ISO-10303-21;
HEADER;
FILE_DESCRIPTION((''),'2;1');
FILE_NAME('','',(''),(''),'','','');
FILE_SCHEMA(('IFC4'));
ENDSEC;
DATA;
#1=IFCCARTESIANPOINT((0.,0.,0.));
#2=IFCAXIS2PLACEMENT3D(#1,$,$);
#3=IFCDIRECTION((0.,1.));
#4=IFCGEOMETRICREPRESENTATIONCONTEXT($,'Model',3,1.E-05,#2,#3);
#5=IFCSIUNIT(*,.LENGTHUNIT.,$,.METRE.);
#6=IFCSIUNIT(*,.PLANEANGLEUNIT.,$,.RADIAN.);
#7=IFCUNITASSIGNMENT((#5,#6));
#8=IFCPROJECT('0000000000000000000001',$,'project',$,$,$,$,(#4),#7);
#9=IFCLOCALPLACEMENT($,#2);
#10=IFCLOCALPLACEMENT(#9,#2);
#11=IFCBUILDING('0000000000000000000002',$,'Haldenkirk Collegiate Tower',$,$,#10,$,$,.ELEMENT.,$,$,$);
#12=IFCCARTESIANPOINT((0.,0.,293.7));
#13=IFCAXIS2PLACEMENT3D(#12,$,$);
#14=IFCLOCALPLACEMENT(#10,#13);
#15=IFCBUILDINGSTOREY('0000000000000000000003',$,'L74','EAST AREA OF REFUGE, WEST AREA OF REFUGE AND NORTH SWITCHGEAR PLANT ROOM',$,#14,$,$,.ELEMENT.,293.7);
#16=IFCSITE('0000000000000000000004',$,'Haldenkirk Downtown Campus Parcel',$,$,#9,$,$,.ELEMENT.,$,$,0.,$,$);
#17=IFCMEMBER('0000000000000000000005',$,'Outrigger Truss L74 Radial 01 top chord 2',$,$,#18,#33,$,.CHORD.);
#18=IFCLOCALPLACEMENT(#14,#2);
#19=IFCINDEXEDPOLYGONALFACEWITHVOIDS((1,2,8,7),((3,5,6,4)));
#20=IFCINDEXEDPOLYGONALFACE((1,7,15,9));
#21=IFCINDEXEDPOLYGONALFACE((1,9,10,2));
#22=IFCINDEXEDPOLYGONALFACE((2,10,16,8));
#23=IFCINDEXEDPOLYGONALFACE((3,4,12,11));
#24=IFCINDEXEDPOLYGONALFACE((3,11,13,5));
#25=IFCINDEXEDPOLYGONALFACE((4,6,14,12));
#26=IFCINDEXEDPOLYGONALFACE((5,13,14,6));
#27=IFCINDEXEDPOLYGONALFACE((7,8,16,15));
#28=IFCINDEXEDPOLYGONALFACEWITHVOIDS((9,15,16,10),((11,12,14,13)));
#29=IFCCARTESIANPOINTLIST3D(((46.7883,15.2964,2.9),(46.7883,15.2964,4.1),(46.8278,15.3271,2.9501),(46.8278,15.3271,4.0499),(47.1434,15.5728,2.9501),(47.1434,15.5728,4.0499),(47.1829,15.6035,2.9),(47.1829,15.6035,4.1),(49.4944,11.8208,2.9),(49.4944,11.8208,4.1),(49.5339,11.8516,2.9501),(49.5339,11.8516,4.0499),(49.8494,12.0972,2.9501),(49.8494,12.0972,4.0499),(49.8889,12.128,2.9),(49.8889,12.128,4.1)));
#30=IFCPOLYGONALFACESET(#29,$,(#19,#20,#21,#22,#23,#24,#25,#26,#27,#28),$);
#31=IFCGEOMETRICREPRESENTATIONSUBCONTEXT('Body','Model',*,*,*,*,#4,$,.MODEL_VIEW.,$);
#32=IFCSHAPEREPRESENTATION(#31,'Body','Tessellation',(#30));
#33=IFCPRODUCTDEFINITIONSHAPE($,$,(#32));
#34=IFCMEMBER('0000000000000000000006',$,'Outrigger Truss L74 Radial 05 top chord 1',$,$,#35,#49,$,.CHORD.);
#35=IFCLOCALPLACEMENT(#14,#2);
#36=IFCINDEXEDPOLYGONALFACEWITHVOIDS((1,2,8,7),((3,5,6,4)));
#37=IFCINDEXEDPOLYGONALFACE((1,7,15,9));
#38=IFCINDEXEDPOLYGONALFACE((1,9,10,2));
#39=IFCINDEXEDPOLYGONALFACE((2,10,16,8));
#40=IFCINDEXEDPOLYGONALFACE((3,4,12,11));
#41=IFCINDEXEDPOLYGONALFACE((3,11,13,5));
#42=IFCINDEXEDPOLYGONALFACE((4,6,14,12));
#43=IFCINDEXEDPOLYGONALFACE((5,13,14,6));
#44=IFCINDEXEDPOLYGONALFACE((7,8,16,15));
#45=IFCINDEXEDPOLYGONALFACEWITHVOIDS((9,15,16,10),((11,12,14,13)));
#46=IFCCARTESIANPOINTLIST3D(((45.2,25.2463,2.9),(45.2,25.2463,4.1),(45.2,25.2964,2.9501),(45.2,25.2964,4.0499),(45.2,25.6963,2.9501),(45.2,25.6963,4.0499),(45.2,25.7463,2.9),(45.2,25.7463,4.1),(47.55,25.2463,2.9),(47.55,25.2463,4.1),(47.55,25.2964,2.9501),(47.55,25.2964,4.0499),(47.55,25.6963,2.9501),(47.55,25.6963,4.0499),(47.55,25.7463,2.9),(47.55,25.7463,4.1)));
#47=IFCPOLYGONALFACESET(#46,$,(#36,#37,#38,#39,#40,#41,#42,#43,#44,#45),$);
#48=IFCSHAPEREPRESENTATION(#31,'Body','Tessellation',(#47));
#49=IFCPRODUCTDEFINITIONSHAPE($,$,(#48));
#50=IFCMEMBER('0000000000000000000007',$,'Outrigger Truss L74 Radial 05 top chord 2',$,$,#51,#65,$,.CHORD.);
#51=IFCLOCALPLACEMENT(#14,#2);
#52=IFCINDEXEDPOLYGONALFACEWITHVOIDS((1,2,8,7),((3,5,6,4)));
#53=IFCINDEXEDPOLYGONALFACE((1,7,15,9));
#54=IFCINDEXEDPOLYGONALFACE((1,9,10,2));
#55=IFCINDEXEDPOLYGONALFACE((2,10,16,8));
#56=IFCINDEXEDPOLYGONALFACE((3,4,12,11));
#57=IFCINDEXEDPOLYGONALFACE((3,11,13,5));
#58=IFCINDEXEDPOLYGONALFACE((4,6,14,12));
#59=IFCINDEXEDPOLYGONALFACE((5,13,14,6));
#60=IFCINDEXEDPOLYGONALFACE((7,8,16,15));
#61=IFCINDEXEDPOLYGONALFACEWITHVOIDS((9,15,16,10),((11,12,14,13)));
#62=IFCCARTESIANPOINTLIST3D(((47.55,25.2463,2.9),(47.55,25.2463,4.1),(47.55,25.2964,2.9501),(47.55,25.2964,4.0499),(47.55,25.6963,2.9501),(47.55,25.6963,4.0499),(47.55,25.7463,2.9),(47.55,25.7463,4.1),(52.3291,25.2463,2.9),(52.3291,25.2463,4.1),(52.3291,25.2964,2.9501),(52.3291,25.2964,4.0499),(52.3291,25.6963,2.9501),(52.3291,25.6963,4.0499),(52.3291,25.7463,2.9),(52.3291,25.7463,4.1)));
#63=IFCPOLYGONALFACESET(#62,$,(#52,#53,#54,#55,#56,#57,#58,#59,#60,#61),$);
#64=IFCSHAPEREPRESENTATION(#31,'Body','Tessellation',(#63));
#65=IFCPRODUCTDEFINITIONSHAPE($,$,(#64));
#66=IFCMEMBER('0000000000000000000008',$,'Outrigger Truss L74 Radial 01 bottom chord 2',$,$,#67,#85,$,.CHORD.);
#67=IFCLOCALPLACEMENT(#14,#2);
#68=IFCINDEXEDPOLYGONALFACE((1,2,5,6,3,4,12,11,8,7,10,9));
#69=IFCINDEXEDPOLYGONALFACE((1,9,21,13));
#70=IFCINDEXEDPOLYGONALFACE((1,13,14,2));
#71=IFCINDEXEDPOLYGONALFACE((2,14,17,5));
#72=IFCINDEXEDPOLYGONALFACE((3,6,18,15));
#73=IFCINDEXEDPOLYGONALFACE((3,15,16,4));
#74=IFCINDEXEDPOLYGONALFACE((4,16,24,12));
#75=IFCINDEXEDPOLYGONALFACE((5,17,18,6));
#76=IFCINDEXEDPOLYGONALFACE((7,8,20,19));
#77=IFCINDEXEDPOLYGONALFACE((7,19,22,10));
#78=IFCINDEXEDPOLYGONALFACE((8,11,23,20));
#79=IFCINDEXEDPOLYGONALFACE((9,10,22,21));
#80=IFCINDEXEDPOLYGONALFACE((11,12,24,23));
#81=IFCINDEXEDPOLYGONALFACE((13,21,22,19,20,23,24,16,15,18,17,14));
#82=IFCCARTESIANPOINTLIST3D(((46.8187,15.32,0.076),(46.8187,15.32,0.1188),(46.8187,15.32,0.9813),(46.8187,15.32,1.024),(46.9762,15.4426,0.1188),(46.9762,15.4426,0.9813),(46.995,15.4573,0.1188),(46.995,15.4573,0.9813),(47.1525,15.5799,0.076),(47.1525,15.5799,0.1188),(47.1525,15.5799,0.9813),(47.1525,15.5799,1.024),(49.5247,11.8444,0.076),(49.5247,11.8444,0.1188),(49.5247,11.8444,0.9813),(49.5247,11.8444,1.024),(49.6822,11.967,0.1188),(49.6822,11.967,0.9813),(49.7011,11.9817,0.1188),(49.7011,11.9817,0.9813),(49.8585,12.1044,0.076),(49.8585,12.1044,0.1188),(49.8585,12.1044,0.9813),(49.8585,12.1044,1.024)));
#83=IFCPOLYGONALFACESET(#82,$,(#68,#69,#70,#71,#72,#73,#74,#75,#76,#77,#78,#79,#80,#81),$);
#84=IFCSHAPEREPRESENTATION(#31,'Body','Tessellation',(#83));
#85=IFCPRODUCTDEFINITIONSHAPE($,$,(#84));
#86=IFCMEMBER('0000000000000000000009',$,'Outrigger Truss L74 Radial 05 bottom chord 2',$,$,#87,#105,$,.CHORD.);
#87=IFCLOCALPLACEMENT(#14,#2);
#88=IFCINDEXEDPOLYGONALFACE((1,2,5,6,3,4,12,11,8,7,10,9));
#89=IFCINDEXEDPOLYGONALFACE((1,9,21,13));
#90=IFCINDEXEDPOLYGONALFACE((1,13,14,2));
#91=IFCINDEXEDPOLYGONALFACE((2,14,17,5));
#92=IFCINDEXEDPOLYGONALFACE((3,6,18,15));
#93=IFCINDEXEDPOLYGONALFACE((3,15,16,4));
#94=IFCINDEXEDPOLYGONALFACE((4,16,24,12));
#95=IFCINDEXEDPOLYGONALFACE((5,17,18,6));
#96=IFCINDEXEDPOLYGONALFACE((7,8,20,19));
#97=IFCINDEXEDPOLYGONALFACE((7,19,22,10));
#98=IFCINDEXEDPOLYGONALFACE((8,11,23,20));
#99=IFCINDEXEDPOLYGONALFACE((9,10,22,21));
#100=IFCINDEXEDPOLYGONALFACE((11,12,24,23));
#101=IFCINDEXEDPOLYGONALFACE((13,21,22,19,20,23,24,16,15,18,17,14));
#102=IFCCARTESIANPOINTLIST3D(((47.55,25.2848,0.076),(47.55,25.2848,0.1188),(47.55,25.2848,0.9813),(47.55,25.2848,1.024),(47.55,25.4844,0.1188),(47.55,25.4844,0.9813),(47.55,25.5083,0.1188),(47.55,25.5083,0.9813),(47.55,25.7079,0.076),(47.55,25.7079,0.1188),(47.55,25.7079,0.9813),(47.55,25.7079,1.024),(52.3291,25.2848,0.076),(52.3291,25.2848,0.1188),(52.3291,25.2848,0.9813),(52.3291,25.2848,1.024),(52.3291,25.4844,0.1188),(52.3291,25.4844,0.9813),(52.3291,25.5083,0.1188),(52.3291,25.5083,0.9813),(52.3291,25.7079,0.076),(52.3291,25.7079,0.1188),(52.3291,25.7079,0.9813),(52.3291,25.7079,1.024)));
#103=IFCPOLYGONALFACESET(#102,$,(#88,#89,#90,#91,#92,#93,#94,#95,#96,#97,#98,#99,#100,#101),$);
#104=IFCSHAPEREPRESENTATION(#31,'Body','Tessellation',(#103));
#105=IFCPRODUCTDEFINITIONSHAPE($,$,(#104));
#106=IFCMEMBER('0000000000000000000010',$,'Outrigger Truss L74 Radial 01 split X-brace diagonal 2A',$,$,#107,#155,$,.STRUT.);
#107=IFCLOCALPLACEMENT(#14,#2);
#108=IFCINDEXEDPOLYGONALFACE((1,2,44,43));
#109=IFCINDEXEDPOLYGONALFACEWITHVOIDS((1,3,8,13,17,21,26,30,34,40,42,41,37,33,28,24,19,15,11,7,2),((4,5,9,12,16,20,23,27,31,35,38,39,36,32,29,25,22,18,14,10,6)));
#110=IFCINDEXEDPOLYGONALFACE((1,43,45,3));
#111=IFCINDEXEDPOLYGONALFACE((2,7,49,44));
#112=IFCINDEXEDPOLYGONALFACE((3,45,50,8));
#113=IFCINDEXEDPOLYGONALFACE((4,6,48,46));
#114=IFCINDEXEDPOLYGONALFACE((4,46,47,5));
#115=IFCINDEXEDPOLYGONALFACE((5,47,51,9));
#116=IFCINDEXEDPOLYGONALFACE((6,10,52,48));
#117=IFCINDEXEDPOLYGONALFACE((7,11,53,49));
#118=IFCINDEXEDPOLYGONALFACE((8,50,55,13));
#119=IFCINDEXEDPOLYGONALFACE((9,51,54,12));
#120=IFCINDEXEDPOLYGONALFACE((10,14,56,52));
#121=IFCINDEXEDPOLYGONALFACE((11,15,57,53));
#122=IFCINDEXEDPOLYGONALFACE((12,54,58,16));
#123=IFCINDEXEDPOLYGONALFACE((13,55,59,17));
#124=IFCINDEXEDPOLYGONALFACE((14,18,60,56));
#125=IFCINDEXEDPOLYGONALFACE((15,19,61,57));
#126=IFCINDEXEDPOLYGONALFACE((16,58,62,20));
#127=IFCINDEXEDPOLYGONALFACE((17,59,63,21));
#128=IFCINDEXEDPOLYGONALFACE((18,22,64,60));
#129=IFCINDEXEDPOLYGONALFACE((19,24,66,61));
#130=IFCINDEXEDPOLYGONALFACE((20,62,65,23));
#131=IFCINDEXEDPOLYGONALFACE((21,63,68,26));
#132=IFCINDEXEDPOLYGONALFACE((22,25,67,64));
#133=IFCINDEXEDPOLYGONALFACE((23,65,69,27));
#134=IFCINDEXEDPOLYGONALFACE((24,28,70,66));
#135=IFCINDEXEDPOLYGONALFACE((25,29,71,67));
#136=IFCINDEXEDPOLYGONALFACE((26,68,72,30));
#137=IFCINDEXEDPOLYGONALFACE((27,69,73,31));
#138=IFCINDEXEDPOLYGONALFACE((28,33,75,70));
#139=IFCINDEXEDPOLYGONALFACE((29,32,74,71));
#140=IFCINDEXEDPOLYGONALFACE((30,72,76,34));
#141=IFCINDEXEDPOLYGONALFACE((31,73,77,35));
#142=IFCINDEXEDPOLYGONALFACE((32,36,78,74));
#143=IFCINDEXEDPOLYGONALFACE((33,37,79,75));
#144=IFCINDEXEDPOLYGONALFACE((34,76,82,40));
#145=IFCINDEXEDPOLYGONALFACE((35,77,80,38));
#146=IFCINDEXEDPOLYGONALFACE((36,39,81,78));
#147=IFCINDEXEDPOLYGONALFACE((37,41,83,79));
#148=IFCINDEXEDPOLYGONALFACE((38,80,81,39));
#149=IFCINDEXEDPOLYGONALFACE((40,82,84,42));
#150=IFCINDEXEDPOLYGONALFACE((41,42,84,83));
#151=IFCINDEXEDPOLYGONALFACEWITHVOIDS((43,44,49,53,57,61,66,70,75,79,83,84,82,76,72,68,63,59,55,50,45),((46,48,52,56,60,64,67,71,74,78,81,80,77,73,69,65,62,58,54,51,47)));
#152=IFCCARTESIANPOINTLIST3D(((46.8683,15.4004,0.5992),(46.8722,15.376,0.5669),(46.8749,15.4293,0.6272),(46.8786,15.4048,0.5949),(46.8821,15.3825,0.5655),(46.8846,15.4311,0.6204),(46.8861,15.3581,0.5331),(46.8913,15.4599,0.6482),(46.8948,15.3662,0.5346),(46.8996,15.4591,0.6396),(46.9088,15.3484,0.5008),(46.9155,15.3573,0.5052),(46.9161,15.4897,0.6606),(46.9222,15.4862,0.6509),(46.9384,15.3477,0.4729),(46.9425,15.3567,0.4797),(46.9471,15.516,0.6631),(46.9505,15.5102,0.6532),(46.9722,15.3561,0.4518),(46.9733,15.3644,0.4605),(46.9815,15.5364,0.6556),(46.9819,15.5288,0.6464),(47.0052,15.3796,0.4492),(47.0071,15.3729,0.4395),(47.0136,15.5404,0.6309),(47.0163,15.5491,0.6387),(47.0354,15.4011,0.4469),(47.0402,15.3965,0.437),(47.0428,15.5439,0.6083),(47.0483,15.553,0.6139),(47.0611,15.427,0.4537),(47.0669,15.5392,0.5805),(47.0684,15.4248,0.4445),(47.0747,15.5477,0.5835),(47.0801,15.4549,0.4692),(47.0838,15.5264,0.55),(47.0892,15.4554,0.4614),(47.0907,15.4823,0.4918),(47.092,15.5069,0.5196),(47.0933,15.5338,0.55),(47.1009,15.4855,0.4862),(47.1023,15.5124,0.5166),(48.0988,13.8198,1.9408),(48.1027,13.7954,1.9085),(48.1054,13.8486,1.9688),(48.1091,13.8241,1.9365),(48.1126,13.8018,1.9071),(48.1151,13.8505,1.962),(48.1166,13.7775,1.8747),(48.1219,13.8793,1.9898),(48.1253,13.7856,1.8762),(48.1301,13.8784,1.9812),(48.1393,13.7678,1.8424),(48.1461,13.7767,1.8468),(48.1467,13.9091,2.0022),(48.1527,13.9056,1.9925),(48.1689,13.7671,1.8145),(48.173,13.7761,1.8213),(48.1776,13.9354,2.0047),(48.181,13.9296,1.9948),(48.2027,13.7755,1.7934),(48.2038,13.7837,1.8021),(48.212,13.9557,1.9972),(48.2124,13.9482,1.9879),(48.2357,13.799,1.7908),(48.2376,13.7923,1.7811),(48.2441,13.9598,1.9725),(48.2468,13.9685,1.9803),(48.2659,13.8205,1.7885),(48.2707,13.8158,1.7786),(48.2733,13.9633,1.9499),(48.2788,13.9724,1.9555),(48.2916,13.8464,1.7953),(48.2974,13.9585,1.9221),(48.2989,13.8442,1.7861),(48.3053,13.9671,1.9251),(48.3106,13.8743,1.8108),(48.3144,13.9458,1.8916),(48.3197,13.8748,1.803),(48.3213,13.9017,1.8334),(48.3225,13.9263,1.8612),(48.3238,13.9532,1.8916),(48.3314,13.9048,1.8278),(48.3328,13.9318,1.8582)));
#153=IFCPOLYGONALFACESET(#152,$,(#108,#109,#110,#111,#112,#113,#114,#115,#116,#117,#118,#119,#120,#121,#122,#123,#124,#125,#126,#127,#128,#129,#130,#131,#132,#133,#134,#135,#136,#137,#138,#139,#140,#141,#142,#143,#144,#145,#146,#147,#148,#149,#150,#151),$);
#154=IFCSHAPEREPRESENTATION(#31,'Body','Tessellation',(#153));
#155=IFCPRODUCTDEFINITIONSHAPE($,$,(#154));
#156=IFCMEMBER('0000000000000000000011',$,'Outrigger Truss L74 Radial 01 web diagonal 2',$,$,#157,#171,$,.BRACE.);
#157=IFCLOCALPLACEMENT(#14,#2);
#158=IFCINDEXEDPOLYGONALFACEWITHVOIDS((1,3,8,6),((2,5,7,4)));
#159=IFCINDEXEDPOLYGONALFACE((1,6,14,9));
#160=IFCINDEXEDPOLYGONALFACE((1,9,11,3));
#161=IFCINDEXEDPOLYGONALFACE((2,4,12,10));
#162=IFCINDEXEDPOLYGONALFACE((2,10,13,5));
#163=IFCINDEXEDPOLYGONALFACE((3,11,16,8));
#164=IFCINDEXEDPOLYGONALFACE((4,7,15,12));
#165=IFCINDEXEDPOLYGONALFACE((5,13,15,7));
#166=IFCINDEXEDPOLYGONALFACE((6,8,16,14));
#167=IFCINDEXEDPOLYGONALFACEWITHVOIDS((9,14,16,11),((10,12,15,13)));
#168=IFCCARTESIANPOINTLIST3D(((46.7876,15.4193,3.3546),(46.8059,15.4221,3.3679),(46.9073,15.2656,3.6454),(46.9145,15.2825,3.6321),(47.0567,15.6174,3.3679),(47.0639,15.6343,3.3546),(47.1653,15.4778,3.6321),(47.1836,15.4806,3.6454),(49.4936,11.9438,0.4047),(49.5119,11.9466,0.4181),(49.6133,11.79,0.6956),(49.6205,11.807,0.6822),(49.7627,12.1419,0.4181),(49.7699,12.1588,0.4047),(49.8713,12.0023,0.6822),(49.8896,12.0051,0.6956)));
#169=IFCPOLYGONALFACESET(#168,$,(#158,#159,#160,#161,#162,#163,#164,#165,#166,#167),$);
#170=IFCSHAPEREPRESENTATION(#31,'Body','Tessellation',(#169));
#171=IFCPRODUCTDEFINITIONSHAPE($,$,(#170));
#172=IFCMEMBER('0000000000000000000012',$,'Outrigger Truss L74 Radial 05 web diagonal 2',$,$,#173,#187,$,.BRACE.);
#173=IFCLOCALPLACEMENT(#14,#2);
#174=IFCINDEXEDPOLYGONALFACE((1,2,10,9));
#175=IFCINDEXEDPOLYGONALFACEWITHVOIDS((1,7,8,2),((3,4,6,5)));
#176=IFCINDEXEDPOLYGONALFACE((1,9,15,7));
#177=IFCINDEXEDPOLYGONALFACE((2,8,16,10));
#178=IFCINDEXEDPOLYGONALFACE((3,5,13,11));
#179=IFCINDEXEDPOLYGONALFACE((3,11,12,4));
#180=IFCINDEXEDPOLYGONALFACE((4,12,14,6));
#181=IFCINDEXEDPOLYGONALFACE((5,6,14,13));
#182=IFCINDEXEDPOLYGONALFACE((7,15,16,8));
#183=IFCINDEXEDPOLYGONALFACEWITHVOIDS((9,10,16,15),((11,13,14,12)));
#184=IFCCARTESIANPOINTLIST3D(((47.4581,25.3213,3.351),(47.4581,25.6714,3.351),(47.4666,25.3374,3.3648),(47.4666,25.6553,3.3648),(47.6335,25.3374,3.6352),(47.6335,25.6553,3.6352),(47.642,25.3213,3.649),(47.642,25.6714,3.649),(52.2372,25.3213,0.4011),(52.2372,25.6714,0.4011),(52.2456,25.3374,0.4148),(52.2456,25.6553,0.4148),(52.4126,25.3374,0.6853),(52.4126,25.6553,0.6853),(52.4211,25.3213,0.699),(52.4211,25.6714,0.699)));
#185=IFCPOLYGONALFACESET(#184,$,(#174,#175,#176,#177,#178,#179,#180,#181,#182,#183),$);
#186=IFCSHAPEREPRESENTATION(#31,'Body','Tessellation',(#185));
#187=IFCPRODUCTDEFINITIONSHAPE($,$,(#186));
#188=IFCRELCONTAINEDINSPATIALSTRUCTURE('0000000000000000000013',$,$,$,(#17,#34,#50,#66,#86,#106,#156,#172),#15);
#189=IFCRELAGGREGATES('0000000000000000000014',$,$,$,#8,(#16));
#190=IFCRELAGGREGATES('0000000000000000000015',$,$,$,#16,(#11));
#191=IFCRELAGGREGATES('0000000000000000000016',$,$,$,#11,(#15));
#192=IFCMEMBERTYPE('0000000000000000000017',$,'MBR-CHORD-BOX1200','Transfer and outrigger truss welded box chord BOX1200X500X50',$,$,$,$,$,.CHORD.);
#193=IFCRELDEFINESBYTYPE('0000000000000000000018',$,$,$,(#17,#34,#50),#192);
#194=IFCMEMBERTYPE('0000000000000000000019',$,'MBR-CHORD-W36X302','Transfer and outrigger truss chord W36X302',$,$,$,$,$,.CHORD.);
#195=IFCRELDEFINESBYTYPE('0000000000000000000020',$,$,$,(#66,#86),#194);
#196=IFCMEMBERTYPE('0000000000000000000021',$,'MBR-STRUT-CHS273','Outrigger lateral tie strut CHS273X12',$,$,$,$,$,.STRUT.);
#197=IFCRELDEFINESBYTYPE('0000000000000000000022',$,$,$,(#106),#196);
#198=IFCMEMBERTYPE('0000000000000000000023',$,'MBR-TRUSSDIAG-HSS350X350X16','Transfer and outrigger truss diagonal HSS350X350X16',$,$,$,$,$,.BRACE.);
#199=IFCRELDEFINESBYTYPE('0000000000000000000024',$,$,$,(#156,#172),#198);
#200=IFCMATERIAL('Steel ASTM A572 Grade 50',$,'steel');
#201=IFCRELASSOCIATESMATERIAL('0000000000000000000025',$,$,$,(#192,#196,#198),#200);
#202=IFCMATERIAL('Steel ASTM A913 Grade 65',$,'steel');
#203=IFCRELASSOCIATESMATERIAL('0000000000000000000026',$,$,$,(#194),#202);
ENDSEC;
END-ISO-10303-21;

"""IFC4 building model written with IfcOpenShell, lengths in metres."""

from ifc_helpers import new_model, si_unit, direction, frame, origin, origin_2d, place, context, subcontext, project, spatial, hollow_rectangle, hollow_circle, i_section, extrude, material, material_profile, profile_set, type_object, element, save


model = new_model("IFC4")

# Units and contexts
model_context = context("Model", 3, precision=1e-05, world=origin(), true_north=direction((0.0, 1.0)))
body_context = subcontext(model_context, "Body", "Model", "MODEL_VIEW")
ifc_project = project(units=[si_unit("LENGTHUNIT", "METRE"), si_unit("PLANEANGLEUNIT", "RADIAN")], contexts=[model_context])

# Site, building, storey
site_placement = place(None, origin())
site = spatial("IfcSite", under=ifc_project, at=site_placement, Name="Haldenkirk Downtown Campus Parcel", CompositionType="ELEMENT", RefElevation=0.0)
building_placement = place(site_placement, origin())
building = spatial("IfcBuilding", under=site, at=building_placement, Name="Haldenkirk Collegiate Tower", CompositionType="ELEMENT")
storey_placement = place(building_placement, frame((0.0, 0.0, 293.7)))
storey = spatial("IfcBuildingStorey", under=building, at=storey_placement, Name="L74", Description="EAST AREA OF REFUGE, WEST AREA OF REFUGE AND NORTH SWITCHGEAR PLANT ROOM", CompositionType="ELEMENT", Elevation=293.7)

# Members
ifc_material_1 = material(Name="Steel ASTM A572 Grade 50", Category="steel")
ifc_material_profile_1 = material_profile(ifc_material_1, hollow_rectangle(XDim=0.5, YDim=1.2, WallThickness=0.05, at=origin_2d()), Name="BOX1200X500X50")
ifc_profile_set_1 = profile_set([ifc_material_profile_1], Name="Steel ASTM A572 Grade 50")
member_type_1 = type_object("IfcMemberType", Name="MBR-CHORD-BOX1200", Description="Transfer and outrigger truss welded box chord BOX1200X500X50", PredefinedType="CHORD", material=ifc_profile_set_1)
member_1_placement = place(storey_placement, frame((46.9856, 15.45, 3.5), z_axis=(0.61434, -0.789042, 0.0), x_axis=(0.789042, 0.61434, 0.0)))
element("IfcMember", 1, at=member_1_placement, inside=storey, type_object=member_type_1, Name="Outrigger Truss L74 Radial 01 top chord 2", PredefinedType="CHORD", context=body_context, shape_type="SweptSolid", body=[
    extrude(hollow_rectangle(XDim=0.5, YDim=1.2, WallThickness=0.05, at=origin_2d()), origin(), (0.0, 0.0, 1.0), 4.4048),
])
member_2_placement = place(storey_placement, frame((45.2, 25.4963, 3.5), z_axis=(1.0, 0.0, 0.0), x_axis=(0.0, 1.0, 0.0)))
element("IfcMember", 2, at=member_2_placement, inside=storey, type_object=member_type_1, Name="Outrigger Truss L74 Radial 05 top chord 1", PredefinedType="CHORD", context=body_context, shape_type="SweptSolid", body=[
    extrude(hollow_rectangle(XDim=0.5, YDim=1.2, WallThickness=0.05, at=origin_2d()), origin(), (0.0, 0.0, 1.0), 2.3501),
])
member_3_placement = place(storey_placement, frame((47.55, 25.4963, 3.5), z_axis=(1.0, 0.0, 0.0), x_axis=(0.0, 1.0, 0.0)))
element("IfcMember", 3, at=member_3_placement, inside=storey, type_object=member_type_1, Name="Outrigger Truss L74 Radial 05 top chord 2", PredefinedType="CHORD", context=body_context, shape_type="SweptSolid", body=[
    extrude(hollow_rectangle(XDim=0.5, YDim=1.2, WallThickness=0.05, at=origin_2d()), origin(), (0.0, 0.0, 1.0), 4.7791),
])
ifc_material_2 = material(Name="Steel ASTM A913 Grade 65", Category="steel")
ifc_material_profile_2 = material_profile(ifc_material_2, i_section(OverallWidth=0.4231, OverallDepth=0.948, WebThickness=0.0239, FlangeThickness=0.0427, at=origin_2d()), Name="W36X302")
ifc_profile_set_2 = profile_set([ifc_material_profile_2], Name="Steel ASTM A913 Grade 65")
member_type_2 = type_object("IfcMemberType", Name="MBR-CHORD-W36X302", Description="Transfer and outrigger truss chord W36X302", PredefinedType="CHORD", material=ifc_profile_set_2)
member_4_placement = place(storey_placement, frame((46.9856, 15.45, 0.55), z_axis=(0.61434, -0.789042, 0.0), x_axis=(0.789042, 0.61434, 0.0)))
element("IfcMember", 4, at=member_4_placement, inside=storey, type_object=member_type_2, Name="Outrigger Truss L74 Radial 01 bottom chord 2", PredefinedType="CHORD", context=body_context, shape_type="SweptSolid", body=[
    extrude(i_section(OverallWidth=0.4231, OverallDepth=0.948, WebThickness=0.0239, FlangeThickness=0.0427, at=origin_2d()), origin(), (0.0, 0.0, 1.0), 4.4048),
])
member_5_placement = place(storey_placement, frame((47.55, 25.4963, 0.55), z_axis=(1.0, 0.0, 0.0), x_axis=(0.0, 1.0, 0.0)))
element("IfcMember", 5, at=member_5_placement, inside=storey, type_object=member_type_2, Name="Outrigger Truss L74 Radial 05 bottom chord 2", PredefinedType="CHORD", context=body_context, shape_type="SweptSolid", body=[
    extrude(i_section(OverallWidth=0.4231, OverallDepth=0.948, WebThickness=0.0239, FlangeThickness=0.0427, at=origin_2d()), origin(), (0.0, 0.0, 1.0), 4.7791),
])
ifc_material_profile_3 = material_profile(ifc_material_1, hollow_circle(Radius=0.1365, WallThickness=0.012, at=origin_2d()), Name="CHS273X12")
ifc_profile_set_3 = profile_set([ifc_material_profile_3], Name="Steel ASTM A572 Grade 50")
member_type_3 = type_object("IfcMemberType", Name="MBR-STRUT-CHS273", Description="Outrigger lateral tie strut CHS273X12", PredefinedType="STRUT", material=ifc_profile_set_3)
member_6_placement = place(storey_placement, frame((46.9856, 15.45, 0.55), z_axis=(0.510396, -0.655616, 0.556474), x_axis=(0.789076, 0.614295, 0.0)))
element("IfcMember", 6, at=member_6_placement, inside=storey, type_object=member_type_3, Name="Outrigger Truss L74 Radial 01 split X-brace diagonal 2A", PredefinedType="STRUT", context=body_context, shape_type="SweptSolid", body=[
    extrude(hollow_circle(Radius=0.1365, WallThickness=0.012, at=origin_2d()), origin(), (0.0, 0.0, 1.0), 2.4109),
])
ifc_material_profile_4 = material_profile(ifc_material_1, hollow_rectangle(XDim=0.3501, YDim=0.3501, WallThickness=0.0161, at=origin_2d()), Name="HSS350X350X16")
ifc_profile_set_4 = profile_set([ifc_material_profile_4], Name="Steel ASTM A572 Grade 50")
member_type_4 = type_object("IfcMemberType", Name="MBR-TRUSSDIAG-HSS350X350X16", Description="Transfer and outrigger truss diagonal HSS350X350X16", PredefinedType="BRACE", material=ifc_profile_set_4)
member_7_placement = place(storey_placement, frame((46.9856, 15.45, 3.5), z_axis=(0.510443, -0.6556, -0.55645), x_axis=(0.789042, 0.61434, 0.0)))
element("IfcMember", 7, at=member_7_placement, inside=storey, type_object=member_type_4, Name="Outrigger Truss L74 Radial 01 web diagonal 2", PredefinedType="BRACE", context=body_context, shape_type="SweptSolid", body=[
    extrude(hollow_rectangle(XDim=0.3501, YDim=0.3501, WallThickness=0.0161, at=origin_2d()), origin(), (0.0, 0.0, 1.0), 5.3013),
])
member_8_placement = place(storey_placement, frame((47.55, 25.4963, 3.5), z_axis=(0.850943, 0.0, -0.525259), x_axis=(0.0, 1.0, 0.0)))
element("IfcMember", 8, at=member_8_placement, inside=storey, type_object=member_type_4, Name="Outrigger Truss L74 Radial 05 web diagonal 2", PredefinedType="BRACE", context=body_context, shape_type="SweptSolid", body=[
    extrude(hollow_rectangle(XDim=0.3501, YDim=0.3501, WallThickness=0.0161, at=origin_2d()), origin(), (0.0, 0.0, 1.0), 5.6162),
])

save(model, "model.ifc")
